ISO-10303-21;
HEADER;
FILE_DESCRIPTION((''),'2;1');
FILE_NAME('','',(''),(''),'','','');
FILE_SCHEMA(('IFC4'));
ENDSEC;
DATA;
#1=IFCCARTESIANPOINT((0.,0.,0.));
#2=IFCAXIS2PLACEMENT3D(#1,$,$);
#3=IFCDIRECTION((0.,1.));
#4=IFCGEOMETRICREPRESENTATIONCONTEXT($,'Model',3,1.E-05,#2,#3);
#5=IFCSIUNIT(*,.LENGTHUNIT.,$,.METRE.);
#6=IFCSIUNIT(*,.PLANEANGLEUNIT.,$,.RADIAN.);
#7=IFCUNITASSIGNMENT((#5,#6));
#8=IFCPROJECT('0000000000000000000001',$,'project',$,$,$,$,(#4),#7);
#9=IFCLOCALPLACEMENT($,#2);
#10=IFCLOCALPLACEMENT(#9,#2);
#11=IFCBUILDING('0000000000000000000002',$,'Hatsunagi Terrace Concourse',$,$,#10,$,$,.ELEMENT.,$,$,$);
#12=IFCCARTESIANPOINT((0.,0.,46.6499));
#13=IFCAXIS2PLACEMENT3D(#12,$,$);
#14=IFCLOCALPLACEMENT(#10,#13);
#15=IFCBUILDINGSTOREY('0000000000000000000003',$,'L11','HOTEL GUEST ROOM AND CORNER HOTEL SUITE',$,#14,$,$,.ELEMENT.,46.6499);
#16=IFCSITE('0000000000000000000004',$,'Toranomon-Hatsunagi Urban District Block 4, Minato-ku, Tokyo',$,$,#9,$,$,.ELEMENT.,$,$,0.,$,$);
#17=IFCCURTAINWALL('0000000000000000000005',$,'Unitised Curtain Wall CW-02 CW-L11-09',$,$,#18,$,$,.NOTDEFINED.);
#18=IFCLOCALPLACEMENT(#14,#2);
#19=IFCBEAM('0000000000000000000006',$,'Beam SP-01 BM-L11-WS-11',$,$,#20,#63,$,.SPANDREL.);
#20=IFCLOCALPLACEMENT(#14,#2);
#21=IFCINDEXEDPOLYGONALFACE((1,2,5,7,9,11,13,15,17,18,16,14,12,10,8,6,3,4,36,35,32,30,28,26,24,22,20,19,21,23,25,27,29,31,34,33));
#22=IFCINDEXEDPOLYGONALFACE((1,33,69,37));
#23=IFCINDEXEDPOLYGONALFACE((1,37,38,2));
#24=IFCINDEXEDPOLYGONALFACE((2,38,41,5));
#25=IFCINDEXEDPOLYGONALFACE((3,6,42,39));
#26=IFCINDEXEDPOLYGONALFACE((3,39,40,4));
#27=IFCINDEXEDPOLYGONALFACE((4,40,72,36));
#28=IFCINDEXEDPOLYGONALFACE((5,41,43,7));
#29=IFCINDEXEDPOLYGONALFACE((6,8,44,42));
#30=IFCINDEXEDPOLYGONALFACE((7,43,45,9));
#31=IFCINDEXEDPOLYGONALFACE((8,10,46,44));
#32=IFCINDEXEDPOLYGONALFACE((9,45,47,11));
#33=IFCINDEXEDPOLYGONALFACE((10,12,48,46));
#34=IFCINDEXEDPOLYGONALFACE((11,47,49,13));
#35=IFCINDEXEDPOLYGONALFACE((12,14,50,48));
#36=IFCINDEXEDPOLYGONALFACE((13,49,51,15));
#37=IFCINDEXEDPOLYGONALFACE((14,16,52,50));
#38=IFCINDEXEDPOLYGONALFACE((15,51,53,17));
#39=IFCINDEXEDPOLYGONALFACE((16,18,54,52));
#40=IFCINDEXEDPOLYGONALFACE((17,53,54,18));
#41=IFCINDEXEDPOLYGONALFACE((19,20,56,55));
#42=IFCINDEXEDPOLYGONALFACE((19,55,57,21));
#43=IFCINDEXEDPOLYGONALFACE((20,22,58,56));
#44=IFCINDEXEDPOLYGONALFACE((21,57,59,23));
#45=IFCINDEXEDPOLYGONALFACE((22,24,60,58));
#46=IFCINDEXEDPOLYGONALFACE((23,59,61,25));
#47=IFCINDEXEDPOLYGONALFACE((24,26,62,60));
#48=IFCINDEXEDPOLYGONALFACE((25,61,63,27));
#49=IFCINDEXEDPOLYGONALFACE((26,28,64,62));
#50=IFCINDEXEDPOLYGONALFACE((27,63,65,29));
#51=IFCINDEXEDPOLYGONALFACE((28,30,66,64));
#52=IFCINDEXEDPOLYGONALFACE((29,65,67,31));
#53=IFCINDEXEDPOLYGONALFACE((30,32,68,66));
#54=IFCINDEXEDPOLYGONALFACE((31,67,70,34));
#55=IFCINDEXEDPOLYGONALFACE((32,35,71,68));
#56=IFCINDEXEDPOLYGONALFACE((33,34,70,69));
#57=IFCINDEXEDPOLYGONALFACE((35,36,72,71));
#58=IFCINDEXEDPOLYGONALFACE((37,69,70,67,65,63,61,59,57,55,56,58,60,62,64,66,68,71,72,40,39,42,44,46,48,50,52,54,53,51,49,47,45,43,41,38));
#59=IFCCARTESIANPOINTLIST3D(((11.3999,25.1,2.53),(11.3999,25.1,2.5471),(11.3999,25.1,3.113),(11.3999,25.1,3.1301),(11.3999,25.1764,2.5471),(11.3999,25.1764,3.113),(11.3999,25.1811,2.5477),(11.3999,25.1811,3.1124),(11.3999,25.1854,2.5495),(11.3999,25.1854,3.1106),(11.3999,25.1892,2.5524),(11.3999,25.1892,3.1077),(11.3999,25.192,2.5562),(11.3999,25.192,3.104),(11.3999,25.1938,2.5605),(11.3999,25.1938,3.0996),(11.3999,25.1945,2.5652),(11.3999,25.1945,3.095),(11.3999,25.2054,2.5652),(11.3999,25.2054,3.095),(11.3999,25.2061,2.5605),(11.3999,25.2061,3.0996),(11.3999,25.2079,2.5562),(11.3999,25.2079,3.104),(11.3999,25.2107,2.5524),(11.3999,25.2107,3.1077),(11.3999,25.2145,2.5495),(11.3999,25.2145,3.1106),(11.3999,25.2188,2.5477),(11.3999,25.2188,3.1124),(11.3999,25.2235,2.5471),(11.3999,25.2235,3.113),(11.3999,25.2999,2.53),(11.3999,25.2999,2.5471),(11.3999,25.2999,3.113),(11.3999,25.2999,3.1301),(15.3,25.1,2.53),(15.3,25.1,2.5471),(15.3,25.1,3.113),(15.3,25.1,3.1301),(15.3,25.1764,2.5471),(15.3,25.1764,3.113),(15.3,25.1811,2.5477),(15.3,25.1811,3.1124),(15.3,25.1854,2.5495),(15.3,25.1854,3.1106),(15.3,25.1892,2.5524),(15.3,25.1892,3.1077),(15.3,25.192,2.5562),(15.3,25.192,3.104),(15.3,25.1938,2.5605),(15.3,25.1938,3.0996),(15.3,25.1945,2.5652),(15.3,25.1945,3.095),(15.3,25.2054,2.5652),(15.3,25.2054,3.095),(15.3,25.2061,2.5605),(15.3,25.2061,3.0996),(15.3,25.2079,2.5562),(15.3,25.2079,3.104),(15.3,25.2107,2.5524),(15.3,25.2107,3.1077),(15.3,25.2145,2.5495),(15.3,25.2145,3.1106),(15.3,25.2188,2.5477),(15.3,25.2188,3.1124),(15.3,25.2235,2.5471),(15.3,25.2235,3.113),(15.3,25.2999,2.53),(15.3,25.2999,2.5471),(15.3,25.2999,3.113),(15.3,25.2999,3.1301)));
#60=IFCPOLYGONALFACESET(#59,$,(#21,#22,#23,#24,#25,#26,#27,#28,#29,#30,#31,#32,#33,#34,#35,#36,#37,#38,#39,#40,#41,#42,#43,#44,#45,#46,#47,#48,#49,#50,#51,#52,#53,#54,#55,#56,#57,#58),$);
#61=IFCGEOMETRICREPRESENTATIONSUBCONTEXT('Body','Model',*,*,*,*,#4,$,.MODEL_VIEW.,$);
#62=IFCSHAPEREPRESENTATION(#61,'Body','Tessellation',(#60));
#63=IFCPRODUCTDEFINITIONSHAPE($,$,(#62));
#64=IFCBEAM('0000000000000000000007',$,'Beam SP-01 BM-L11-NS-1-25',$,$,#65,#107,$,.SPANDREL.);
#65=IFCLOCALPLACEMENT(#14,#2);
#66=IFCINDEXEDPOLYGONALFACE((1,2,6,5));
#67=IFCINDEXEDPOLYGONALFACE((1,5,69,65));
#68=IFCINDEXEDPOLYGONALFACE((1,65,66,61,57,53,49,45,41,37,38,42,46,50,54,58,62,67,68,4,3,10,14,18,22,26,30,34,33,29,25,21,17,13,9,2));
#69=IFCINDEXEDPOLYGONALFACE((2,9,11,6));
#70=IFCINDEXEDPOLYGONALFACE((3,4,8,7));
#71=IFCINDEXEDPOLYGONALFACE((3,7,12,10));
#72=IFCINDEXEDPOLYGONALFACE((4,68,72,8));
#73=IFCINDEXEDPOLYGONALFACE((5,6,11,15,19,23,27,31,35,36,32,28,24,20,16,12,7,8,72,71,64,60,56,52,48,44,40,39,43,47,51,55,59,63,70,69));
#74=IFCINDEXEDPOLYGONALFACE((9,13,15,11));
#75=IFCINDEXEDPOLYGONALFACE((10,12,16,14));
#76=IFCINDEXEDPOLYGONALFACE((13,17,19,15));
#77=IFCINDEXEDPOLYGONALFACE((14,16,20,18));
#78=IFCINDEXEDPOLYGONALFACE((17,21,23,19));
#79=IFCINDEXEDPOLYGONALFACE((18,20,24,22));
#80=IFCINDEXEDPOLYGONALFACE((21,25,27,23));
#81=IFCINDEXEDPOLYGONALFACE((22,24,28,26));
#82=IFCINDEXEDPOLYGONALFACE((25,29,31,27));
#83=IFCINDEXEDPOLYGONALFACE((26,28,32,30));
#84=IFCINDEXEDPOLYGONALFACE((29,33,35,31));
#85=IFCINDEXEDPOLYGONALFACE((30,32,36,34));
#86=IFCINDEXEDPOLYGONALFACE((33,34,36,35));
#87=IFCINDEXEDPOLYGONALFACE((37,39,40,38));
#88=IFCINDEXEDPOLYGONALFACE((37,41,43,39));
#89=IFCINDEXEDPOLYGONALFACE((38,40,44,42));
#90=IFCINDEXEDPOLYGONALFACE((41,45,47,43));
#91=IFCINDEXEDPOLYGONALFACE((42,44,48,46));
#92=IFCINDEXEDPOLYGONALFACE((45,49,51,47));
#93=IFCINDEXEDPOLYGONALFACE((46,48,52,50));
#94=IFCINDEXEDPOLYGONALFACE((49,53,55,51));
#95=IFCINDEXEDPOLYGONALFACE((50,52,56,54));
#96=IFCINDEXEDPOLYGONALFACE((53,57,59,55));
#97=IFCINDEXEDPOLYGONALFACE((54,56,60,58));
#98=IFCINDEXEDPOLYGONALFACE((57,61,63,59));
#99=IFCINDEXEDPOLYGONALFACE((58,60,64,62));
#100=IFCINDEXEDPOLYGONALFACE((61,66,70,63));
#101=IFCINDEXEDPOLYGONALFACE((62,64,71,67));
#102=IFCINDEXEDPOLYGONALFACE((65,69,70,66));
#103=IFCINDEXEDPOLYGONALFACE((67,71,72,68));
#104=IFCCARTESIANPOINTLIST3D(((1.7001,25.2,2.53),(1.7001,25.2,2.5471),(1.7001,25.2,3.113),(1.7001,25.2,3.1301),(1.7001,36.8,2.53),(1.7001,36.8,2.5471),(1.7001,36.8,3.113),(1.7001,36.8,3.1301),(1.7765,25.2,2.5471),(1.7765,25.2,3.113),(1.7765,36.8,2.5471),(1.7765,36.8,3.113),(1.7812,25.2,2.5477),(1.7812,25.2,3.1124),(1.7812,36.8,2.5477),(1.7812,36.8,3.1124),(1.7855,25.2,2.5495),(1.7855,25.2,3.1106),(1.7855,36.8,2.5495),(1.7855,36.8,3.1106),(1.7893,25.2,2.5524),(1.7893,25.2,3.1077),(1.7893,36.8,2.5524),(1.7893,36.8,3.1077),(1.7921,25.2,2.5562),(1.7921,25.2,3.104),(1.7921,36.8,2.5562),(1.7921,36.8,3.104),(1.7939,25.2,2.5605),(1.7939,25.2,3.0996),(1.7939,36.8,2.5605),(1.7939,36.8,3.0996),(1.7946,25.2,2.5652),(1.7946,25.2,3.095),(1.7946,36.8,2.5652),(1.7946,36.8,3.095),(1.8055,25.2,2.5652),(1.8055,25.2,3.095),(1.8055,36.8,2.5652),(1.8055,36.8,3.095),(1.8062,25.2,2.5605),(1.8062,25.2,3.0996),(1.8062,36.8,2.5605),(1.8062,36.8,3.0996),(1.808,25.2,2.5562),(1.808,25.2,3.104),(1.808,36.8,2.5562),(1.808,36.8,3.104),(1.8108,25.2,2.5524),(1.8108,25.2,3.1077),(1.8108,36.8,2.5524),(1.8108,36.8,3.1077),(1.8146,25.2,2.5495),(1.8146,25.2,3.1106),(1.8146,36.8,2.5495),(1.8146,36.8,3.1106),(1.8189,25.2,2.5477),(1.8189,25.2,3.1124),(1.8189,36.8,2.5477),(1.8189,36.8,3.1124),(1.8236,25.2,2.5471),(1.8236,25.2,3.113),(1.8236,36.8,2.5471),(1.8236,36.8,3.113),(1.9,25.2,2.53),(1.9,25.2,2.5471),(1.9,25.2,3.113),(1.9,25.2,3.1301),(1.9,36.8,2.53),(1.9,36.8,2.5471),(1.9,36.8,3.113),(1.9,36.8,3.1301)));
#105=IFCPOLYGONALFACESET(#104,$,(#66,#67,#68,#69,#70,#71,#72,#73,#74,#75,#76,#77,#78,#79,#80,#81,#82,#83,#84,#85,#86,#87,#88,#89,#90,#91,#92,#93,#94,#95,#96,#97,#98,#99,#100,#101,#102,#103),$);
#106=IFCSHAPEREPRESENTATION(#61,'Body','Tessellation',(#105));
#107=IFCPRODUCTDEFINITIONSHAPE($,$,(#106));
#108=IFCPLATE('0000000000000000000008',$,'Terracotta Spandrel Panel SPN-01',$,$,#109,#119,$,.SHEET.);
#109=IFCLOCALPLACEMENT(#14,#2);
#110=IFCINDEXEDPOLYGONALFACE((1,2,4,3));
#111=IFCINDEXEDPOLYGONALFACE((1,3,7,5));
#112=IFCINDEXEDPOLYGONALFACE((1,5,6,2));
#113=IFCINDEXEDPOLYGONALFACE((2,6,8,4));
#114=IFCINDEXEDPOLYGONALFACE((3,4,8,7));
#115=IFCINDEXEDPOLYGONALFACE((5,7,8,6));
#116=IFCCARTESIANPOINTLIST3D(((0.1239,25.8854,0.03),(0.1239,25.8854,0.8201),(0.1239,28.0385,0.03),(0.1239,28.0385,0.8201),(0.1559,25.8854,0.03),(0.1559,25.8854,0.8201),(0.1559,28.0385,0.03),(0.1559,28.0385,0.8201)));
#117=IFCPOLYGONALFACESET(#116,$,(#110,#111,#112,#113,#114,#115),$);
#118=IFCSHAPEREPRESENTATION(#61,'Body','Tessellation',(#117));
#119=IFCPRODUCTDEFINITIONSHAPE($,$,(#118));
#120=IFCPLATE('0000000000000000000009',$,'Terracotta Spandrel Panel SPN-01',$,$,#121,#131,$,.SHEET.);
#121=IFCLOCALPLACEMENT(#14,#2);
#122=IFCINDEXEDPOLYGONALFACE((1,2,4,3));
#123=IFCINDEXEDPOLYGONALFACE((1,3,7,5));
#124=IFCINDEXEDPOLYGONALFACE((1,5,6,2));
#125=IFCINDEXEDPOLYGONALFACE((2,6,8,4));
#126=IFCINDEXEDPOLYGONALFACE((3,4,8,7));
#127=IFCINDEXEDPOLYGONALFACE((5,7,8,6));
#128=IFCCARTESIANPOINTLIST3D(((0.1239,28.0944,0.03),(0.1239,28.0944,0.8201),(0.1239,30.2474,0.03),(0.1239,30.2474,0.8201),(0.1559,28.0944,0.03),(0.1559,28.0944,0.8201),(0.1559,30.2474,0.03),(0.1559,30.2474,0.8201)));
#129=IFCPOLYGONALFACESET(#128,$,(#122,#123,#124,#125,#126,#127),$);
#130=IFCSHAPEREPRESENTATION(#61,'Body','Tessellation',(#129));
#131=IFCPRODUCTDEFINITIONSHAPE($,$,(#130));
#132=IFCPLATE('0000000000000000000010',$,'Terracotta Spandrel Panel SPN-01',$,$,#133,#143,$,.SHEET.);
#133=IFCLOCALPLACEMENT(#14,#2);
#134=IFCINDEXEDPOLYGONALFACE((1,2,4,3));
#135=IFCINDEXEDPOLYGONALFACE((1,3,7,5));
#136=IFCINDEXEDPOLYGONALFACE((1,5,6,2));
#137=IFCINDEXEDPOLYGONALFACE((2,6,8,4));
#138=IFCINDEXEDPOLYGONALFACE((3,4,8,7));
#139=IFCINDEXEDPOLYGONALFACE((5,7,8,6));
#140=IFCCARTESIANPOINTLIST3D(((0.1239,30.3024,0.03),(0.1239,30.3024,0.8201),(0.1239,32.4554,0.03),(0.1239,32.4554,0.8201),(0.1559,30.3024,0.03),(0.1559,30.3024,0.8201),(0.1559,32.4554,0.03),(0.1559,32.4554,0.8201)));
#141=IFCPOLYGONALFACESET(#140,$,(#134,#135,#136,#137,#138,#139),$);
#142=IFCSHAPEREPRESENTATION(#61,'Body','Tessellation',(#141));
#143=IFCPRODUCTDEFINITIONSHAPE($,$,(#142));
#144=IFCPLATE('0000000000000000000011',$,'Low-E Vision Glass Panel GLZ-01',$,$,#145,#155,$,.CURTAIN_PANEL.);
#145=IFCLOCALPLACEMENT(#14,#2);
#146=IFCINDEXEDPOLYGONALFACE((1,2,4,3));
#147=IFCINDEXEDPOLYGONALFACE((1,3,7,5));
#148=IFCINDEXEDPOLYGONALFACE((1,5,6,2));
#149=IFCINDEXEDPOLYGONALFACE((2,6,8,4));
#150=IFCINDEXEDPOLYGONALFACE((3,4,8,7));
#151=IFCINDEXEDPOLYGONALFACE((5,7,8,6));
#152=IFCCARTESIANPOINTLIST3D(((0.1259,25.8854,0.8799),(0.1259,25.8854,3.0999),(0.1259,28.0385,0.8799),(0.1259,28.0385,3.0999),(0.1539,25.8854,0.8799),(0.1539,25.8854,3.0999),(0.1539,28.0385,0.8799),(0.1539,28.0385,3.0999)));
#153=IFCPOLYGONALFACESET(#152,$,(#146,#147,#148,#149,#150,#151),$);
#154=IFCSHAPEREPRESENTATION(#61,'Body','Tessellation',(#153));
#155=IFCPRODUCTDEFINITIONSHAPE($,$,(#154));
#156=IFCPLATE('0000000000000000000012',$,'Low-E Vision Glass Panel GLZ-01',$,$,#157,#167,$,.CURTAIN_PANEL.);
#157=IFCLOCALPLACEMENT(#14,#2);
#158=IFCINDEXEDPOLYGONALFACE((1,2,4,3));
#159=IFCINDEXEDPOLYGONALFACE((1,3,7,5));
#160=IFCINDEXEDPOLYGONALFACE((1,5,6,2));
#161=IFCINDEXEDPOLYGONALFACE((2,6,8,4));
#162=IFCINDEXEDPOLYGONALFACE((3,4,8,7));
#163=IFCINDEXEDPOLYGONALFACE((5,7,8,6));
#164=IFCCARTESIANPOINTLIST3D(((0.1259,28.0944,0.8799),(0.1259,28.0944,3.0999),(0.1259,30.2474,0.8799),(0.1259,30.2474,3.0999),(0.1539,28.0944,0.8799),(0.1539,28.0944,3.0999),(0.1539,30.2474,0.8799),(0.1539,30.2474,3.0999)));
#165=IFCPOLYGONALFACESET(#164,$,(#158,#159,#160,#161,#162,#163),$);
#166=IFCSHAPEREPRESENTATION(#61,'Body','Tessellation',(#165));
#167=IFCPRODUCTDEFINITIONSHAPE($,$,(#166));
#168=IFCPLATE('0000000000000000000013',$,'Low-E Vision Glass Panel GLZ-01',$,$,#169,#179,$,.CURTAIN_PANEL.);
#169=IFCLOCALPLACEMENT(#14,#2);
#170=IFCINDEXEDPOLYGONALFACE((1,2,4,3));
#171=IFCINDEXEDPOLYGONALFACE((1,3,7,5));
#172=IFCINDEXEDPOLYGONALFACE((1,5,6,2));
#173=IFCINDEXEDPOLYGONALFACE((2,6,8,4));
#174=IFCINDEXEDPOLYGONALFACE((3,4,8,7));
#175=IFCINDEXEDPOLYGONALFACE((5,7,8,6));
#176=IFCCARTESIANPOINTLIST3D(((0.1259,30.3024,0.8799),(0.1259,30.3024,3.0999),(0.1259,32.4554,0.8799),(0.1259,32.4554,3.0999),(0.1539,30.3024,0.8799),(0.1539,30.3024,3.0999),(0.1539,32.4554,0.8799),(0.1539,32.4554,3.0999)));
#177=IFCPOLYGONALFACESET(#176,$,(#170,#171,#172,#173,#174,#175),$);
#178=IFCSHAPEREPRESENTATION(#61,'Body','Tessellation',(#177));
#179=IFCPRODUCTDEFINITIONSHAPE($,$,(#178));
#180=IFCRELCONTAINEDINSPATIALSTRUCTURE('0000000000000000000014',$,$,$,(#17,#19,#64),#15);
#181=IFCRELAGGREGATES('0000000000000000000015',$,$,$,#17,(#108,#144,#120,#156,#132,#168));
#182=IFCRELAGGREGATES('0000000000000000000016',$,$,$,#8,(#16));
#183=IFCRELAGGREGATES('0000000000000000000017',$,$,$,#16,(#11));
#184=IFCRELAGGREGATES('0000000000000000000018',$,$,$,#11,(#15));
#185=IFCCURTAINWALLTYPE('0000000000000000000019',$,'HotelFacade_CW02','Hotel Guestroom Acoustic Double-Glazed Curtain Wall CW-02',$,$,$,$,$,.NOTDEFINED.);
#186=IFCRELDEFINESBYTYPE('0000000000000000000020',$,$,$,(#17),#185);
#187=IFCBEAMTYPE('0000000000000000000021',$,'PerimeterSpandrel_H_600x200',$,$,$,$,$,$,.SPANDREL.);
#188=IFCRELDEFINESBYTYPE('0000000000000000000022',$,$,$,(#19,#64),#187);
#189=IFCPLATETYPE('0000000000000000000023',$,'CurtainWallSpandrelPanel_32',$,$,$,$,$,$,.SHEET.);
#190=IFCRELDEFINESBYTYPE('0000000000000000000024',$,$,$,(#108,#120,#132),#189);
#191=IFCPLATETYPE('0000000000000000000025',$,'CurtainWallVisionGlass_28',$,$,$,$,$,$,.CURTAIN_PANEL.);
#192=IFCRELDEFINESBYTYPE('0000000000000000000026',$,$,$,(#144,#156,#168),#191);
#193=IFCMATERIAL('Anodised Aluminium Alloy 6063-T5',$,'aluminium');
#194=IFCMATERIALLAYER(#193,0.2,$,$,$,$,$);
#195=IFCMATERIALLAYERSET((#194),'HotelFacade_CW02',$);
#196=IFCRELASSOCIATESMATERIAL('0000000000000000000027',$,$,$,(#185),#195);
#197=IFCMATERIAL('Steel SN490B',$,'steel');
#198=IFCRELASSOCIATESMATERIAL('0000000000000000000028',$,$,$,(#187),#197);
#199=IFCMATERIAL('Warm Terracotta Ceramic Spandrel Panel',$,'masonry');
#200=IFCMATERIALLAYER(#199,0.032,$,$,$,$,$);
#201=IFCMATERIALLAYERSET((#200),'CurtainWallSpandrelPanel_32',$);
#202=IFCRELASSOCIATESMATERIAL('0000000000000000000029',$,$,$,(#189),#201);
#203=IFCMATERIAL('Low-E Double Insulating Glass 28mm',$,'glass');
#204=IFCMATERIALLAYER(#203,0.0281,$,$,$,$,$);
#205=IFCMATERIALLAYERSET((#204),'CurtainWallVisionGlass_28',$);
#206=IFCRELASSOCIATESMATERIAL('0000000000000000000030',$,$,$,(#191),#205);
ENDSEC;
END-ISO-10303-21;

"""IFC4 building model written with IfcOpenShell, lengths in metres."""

from ifc_helpers import new_model, si_unit, direction, frame, origin, origin_2d, place, context, subcontext, project, spatial, rectangle, i_section, extrude, material, layer, layer_set, material_profile, profile_set, type_object, element, aggregate, save


model = new_model("IFC4")

# Units and contexts
model_context = context("Model", 3, precision=1e-05, world=origin(), true_north=direction((0.0, 1.0)))
body_context = subcontext(model_context, "Body", "Model", "MODEL_VIEW")
ifc_project = project(units=[si_unit("LENGTHUNIT", "METRE"), si_unit("PLANEANGLEUNIT", "RADIAN")], contexts=[model_context])

# Site, building, storey
site_placement = place(None, origin())
site = spatial("IfcSite", under=ifc_project, at=site_placement, Name="Toranomon-Hatsunagi Urban District Block 4, Minato-ku, Tokyo", CompositionType="ELEMENT", RefElevation=0.0)
building_placement = place(site_placement, origin())
building = spatial("IfcBuilding", under=site, at=building_placement, Name="Hatsunagi Terrace Concourse", CompositionType="ELEMENT")
storey_placement = place(building_placement, frame((0.0, 0.0, 46.6499)))
storey = spatial("IfcBuildingStorey", under=building, at=storey_placement, Name="L11", Description="HOTEL GUEST ROOM AND CORNER HOTEL SUITE", CompositionType="ELEMENT", Elevation=46.6499)

# Curtain wall
ifc_material_1 = material(Name="Anodised Aluminium Alloy 6063-T5", Category="aluminium")
ifc_layer_1 = layer(ifc_material_1, 0.2)
ifc_layer_set_1 = layer_set([ifc_layer_1], Name="HotelFacade_CW02")
curtain_wall_type = type_object("IfcCurtainWallType", Name="HotelFacade_CW02", Description="Hotel Guestroom Acoustic Double-Glazed Curtain Wall CW-02", PredefinedType="NOTDEFINED", material=ifc_layer_set_1)
curtain_wall_placement = place(storey_placement, origin())
curtain_wall = element("IfcCurtainWall", 1, at=curtain_wall_placement, inside=storey, type_object=curtain_wall_type, Name="Unitised Curtain Wall CW-02 CW-L11-09", PredefinedType="NOTDEFINED")

# Beams
ifc_material_2 = material(Name="Steel SN490B", Category="steel")
ifc_material_profile_1 = material_profile(ifc_material_2, i_section(OverallWidth=0.2, OverallDepth=0.6001, WebThickness=0.011, FlangeThickness=0.0171, FilletRadius=0.0181, at=origin_2d()), Name="H-600x200x11x17")
ifc_profile_set_1 = profile_set([ifc_material_profile_1], Name="Steel SN490B")
beam_type_1 = type_object("IfcBeamType", Name="PerimeterSpandrel_H_600x200", PredefinedType="SPANDREL", material=ifc_profile_set_1)
beam_1_placement = place(storey_placement, frame((11.3999, 25.2, 2.8301), z_axis=(1.0, 0.0, 0.0), x_axis=(0.0, 1.0, 0.0)))
element("IfcBeam", 2, at=beam_1_placement, inside=storey, type_object=beam_type_1, Name="Beam SP-01 BM-L11-WS-11", PredefinedType="SPANDREL", context=body_context, shape_type="SweptSolid", body=[
    extrude(i_section(OverallWidth=0.2, OverallDepth=0.6001, WebThickness=0.011, FlangeThickness=0.0171, FilletRadius=0.0181, at=origin_2d()), origin(), (0.0, 0.0, 1.0), 3.9001),
])
beam_2_placement = place(storey_placement, frame((1.8, 25.2, 2.8301), z_axis=(0.0, 1.0, 0.0), x_axis=(-1.0, 0.0, 0.0)))
element("IfcBeam", 3, at=beam_2_placement, inside=storey, type_object=beam_type_1, Name="Beam SP-01 BM-L11-NS-1-25", PredefinedType="SPANDREL", context=body_context, shape_type="SweptSolid", body=[
    extrude(i_section(OverallWidth=0.2, OverallDepth=0.6001, WebThickness=0.011, FlangeThickness=0.0171, FilletRadius=0.0181, at=origin_2d()), origin(), (0.0, 0.0, 1.0), 11.6001),
])

# Plates
ifc_material_3 = material(Name="Warm Terracotta Ceramic Spandrel Panel", Category="masonry")
ifc_layer_2 = layer(ifc_material_3, 0.032)
ifc_layer_set_2 = layer_set([ifc_layer_2], Name="CurtainWallSpandrelPanel_32")
plate_type_1 = type_object("IfcPlateType", Name="CurtainWallSpandrelPanel_32", PredefinedType="SHEET", material=ifc_layer_set_2)
plate_1_placement = place(storey_placement, frame((0.1399, 26.9619, 0.03), z_axis=(0.0, 0.0, 1.0), x_axis=(0.0, 1.0, 0.0)))
plate_1 = element("IfcPlate", 4, at=plate_1_placement, type_object=plate_type_1, Name="Terracotta Spandrel Panel SPN-01", PredefinedType="SHEET", context=body_context, shape_type="SweptSolid", body=[
    extrude(rectangle(XDim=2.1531, YDim=0.032, at=origin_2d()), origin(), (0.0, 0.0, 1.0), 0.79),
])
plate_2_placement = place(storey_placement, frame((0.1399, 29.1709, 0.03), z_axis=(0.0, 0.0, 1.0), x_axis=(0.0, 1.0, 0.0)))
plate_2 = element("IfcPlate", 5, at=plate_2_placement, type_object=plate_type_1, Name="Terracotta Spandrel Panel SPN-01", PredefinedType="SHEET", context=body_context, shape_type="SweptSolid", body=[
    extrude(rectangle(XDim=2.1531, YDim=0.032, at=origin_2d()), origin(), (0.0, 0.0, 1.0), 0.79),
])
plate_3_placement = place(storey_placement, frame((0.1399, 31.3789, 0.03), z_axis=(0.0, 0.0, 1.0), x_axis=(0.0, 1.0, 0.0)))
plate_3 = element("IfcPlate", 6, at=plate_3_placement, type_object=plate_type_1, Name="Terracotta Spandrel Panel SPN-01", PredefinedType="SHEET", context=body_context, shape_type="SweptSolid", body=[
    extrude(rectangle(XDim=2.1531, YDim=0.032, at=origin_2d()), origin(), (0.0, 0.0, 1.0), 0.79),
])
ifc_material_4 = material(Name="Low-E Double Insulating Glass 28mm", Category="glass")
ifc_layer_3 = layer(ifc_material_4, 0.0281)
ifc_layer_set_3 = layer_set([ifc_layer_3], Name="CurtainWallVisionGlass_28")
plate_type_2 = type_object("IfcPlateType", Name="CurtainWallVisionGlass_28", PredefinedType="CURTAIN_PANEL", material=ifc_layer_set_3)
plate_4_placement = place(storey_placement, frame((0.1399, 26.9619, 0.8799), z_axis=(0.0, 0.0, 1.0), x_axis=(0.0, 1.0, 0.0)))
plate_4 = element("IfcPlate", 7, at=plate_4_placement, type_object=plate_type_2, Name="Low-E Vision Glass Panel GLZ-01", PredefinedType="CURTAIN_PANEL", context=body_context, shape_type="SweptSolid", body=[
    extrude(rectangle(XDim=2.1531, YDim=0.0281, at=origin_2d()), origin(), (0.0, 0.0, 1.0), 2.22),
])
plate_5_placement = place(storey_placement, frame((0.1399, 29.1709, 0.8799), z_axis=(0.0, 0.0, 1.0), x_axis=(0.0, 1.0, 0.0)))
plate_5 = element("IfcPlate", 8, at=plate_5_placement, type_object=plate_type_2, Name="Low-E Vision Glass Panel GLZ-01", PredefinedType="CURTAIN_PANEL", context=body_context, shape_type="SweptSolid", body=[
    extrude(rectangle(XDim=2.1531, YDim=0.0281, at=origin_2d()), origin(), (0.0, 0.0, 1.0), 2.22),
])
plate_6_placement = place(storey_placement, frame((0.1399, 31.3789, 0.8799), z_axis=(0.0, 0.0, 1.0), x_axis=(0.0, 1.0, 0.0)))
plate_6 = element("IfcPlate", 9, at=plate_6_placement, type_object=plate_type_2, Name="Low-E Vision Glass Panel GLZ-01", PredefinedType="CURTAIN_PANEL", context=body_context, shape_type="SweptSolid", body=[
    extrude(rectangle(XDim=2.1531, YDim=0.0281, at=origin_2d()), origin(), (0.0, 0.0, 1.0), 2.22),
])
aggregate(curtain_wall, [plate_1, plate_4, plate_2, plate_5, plate_3, plate_6])

save(model, "model.ifc")
